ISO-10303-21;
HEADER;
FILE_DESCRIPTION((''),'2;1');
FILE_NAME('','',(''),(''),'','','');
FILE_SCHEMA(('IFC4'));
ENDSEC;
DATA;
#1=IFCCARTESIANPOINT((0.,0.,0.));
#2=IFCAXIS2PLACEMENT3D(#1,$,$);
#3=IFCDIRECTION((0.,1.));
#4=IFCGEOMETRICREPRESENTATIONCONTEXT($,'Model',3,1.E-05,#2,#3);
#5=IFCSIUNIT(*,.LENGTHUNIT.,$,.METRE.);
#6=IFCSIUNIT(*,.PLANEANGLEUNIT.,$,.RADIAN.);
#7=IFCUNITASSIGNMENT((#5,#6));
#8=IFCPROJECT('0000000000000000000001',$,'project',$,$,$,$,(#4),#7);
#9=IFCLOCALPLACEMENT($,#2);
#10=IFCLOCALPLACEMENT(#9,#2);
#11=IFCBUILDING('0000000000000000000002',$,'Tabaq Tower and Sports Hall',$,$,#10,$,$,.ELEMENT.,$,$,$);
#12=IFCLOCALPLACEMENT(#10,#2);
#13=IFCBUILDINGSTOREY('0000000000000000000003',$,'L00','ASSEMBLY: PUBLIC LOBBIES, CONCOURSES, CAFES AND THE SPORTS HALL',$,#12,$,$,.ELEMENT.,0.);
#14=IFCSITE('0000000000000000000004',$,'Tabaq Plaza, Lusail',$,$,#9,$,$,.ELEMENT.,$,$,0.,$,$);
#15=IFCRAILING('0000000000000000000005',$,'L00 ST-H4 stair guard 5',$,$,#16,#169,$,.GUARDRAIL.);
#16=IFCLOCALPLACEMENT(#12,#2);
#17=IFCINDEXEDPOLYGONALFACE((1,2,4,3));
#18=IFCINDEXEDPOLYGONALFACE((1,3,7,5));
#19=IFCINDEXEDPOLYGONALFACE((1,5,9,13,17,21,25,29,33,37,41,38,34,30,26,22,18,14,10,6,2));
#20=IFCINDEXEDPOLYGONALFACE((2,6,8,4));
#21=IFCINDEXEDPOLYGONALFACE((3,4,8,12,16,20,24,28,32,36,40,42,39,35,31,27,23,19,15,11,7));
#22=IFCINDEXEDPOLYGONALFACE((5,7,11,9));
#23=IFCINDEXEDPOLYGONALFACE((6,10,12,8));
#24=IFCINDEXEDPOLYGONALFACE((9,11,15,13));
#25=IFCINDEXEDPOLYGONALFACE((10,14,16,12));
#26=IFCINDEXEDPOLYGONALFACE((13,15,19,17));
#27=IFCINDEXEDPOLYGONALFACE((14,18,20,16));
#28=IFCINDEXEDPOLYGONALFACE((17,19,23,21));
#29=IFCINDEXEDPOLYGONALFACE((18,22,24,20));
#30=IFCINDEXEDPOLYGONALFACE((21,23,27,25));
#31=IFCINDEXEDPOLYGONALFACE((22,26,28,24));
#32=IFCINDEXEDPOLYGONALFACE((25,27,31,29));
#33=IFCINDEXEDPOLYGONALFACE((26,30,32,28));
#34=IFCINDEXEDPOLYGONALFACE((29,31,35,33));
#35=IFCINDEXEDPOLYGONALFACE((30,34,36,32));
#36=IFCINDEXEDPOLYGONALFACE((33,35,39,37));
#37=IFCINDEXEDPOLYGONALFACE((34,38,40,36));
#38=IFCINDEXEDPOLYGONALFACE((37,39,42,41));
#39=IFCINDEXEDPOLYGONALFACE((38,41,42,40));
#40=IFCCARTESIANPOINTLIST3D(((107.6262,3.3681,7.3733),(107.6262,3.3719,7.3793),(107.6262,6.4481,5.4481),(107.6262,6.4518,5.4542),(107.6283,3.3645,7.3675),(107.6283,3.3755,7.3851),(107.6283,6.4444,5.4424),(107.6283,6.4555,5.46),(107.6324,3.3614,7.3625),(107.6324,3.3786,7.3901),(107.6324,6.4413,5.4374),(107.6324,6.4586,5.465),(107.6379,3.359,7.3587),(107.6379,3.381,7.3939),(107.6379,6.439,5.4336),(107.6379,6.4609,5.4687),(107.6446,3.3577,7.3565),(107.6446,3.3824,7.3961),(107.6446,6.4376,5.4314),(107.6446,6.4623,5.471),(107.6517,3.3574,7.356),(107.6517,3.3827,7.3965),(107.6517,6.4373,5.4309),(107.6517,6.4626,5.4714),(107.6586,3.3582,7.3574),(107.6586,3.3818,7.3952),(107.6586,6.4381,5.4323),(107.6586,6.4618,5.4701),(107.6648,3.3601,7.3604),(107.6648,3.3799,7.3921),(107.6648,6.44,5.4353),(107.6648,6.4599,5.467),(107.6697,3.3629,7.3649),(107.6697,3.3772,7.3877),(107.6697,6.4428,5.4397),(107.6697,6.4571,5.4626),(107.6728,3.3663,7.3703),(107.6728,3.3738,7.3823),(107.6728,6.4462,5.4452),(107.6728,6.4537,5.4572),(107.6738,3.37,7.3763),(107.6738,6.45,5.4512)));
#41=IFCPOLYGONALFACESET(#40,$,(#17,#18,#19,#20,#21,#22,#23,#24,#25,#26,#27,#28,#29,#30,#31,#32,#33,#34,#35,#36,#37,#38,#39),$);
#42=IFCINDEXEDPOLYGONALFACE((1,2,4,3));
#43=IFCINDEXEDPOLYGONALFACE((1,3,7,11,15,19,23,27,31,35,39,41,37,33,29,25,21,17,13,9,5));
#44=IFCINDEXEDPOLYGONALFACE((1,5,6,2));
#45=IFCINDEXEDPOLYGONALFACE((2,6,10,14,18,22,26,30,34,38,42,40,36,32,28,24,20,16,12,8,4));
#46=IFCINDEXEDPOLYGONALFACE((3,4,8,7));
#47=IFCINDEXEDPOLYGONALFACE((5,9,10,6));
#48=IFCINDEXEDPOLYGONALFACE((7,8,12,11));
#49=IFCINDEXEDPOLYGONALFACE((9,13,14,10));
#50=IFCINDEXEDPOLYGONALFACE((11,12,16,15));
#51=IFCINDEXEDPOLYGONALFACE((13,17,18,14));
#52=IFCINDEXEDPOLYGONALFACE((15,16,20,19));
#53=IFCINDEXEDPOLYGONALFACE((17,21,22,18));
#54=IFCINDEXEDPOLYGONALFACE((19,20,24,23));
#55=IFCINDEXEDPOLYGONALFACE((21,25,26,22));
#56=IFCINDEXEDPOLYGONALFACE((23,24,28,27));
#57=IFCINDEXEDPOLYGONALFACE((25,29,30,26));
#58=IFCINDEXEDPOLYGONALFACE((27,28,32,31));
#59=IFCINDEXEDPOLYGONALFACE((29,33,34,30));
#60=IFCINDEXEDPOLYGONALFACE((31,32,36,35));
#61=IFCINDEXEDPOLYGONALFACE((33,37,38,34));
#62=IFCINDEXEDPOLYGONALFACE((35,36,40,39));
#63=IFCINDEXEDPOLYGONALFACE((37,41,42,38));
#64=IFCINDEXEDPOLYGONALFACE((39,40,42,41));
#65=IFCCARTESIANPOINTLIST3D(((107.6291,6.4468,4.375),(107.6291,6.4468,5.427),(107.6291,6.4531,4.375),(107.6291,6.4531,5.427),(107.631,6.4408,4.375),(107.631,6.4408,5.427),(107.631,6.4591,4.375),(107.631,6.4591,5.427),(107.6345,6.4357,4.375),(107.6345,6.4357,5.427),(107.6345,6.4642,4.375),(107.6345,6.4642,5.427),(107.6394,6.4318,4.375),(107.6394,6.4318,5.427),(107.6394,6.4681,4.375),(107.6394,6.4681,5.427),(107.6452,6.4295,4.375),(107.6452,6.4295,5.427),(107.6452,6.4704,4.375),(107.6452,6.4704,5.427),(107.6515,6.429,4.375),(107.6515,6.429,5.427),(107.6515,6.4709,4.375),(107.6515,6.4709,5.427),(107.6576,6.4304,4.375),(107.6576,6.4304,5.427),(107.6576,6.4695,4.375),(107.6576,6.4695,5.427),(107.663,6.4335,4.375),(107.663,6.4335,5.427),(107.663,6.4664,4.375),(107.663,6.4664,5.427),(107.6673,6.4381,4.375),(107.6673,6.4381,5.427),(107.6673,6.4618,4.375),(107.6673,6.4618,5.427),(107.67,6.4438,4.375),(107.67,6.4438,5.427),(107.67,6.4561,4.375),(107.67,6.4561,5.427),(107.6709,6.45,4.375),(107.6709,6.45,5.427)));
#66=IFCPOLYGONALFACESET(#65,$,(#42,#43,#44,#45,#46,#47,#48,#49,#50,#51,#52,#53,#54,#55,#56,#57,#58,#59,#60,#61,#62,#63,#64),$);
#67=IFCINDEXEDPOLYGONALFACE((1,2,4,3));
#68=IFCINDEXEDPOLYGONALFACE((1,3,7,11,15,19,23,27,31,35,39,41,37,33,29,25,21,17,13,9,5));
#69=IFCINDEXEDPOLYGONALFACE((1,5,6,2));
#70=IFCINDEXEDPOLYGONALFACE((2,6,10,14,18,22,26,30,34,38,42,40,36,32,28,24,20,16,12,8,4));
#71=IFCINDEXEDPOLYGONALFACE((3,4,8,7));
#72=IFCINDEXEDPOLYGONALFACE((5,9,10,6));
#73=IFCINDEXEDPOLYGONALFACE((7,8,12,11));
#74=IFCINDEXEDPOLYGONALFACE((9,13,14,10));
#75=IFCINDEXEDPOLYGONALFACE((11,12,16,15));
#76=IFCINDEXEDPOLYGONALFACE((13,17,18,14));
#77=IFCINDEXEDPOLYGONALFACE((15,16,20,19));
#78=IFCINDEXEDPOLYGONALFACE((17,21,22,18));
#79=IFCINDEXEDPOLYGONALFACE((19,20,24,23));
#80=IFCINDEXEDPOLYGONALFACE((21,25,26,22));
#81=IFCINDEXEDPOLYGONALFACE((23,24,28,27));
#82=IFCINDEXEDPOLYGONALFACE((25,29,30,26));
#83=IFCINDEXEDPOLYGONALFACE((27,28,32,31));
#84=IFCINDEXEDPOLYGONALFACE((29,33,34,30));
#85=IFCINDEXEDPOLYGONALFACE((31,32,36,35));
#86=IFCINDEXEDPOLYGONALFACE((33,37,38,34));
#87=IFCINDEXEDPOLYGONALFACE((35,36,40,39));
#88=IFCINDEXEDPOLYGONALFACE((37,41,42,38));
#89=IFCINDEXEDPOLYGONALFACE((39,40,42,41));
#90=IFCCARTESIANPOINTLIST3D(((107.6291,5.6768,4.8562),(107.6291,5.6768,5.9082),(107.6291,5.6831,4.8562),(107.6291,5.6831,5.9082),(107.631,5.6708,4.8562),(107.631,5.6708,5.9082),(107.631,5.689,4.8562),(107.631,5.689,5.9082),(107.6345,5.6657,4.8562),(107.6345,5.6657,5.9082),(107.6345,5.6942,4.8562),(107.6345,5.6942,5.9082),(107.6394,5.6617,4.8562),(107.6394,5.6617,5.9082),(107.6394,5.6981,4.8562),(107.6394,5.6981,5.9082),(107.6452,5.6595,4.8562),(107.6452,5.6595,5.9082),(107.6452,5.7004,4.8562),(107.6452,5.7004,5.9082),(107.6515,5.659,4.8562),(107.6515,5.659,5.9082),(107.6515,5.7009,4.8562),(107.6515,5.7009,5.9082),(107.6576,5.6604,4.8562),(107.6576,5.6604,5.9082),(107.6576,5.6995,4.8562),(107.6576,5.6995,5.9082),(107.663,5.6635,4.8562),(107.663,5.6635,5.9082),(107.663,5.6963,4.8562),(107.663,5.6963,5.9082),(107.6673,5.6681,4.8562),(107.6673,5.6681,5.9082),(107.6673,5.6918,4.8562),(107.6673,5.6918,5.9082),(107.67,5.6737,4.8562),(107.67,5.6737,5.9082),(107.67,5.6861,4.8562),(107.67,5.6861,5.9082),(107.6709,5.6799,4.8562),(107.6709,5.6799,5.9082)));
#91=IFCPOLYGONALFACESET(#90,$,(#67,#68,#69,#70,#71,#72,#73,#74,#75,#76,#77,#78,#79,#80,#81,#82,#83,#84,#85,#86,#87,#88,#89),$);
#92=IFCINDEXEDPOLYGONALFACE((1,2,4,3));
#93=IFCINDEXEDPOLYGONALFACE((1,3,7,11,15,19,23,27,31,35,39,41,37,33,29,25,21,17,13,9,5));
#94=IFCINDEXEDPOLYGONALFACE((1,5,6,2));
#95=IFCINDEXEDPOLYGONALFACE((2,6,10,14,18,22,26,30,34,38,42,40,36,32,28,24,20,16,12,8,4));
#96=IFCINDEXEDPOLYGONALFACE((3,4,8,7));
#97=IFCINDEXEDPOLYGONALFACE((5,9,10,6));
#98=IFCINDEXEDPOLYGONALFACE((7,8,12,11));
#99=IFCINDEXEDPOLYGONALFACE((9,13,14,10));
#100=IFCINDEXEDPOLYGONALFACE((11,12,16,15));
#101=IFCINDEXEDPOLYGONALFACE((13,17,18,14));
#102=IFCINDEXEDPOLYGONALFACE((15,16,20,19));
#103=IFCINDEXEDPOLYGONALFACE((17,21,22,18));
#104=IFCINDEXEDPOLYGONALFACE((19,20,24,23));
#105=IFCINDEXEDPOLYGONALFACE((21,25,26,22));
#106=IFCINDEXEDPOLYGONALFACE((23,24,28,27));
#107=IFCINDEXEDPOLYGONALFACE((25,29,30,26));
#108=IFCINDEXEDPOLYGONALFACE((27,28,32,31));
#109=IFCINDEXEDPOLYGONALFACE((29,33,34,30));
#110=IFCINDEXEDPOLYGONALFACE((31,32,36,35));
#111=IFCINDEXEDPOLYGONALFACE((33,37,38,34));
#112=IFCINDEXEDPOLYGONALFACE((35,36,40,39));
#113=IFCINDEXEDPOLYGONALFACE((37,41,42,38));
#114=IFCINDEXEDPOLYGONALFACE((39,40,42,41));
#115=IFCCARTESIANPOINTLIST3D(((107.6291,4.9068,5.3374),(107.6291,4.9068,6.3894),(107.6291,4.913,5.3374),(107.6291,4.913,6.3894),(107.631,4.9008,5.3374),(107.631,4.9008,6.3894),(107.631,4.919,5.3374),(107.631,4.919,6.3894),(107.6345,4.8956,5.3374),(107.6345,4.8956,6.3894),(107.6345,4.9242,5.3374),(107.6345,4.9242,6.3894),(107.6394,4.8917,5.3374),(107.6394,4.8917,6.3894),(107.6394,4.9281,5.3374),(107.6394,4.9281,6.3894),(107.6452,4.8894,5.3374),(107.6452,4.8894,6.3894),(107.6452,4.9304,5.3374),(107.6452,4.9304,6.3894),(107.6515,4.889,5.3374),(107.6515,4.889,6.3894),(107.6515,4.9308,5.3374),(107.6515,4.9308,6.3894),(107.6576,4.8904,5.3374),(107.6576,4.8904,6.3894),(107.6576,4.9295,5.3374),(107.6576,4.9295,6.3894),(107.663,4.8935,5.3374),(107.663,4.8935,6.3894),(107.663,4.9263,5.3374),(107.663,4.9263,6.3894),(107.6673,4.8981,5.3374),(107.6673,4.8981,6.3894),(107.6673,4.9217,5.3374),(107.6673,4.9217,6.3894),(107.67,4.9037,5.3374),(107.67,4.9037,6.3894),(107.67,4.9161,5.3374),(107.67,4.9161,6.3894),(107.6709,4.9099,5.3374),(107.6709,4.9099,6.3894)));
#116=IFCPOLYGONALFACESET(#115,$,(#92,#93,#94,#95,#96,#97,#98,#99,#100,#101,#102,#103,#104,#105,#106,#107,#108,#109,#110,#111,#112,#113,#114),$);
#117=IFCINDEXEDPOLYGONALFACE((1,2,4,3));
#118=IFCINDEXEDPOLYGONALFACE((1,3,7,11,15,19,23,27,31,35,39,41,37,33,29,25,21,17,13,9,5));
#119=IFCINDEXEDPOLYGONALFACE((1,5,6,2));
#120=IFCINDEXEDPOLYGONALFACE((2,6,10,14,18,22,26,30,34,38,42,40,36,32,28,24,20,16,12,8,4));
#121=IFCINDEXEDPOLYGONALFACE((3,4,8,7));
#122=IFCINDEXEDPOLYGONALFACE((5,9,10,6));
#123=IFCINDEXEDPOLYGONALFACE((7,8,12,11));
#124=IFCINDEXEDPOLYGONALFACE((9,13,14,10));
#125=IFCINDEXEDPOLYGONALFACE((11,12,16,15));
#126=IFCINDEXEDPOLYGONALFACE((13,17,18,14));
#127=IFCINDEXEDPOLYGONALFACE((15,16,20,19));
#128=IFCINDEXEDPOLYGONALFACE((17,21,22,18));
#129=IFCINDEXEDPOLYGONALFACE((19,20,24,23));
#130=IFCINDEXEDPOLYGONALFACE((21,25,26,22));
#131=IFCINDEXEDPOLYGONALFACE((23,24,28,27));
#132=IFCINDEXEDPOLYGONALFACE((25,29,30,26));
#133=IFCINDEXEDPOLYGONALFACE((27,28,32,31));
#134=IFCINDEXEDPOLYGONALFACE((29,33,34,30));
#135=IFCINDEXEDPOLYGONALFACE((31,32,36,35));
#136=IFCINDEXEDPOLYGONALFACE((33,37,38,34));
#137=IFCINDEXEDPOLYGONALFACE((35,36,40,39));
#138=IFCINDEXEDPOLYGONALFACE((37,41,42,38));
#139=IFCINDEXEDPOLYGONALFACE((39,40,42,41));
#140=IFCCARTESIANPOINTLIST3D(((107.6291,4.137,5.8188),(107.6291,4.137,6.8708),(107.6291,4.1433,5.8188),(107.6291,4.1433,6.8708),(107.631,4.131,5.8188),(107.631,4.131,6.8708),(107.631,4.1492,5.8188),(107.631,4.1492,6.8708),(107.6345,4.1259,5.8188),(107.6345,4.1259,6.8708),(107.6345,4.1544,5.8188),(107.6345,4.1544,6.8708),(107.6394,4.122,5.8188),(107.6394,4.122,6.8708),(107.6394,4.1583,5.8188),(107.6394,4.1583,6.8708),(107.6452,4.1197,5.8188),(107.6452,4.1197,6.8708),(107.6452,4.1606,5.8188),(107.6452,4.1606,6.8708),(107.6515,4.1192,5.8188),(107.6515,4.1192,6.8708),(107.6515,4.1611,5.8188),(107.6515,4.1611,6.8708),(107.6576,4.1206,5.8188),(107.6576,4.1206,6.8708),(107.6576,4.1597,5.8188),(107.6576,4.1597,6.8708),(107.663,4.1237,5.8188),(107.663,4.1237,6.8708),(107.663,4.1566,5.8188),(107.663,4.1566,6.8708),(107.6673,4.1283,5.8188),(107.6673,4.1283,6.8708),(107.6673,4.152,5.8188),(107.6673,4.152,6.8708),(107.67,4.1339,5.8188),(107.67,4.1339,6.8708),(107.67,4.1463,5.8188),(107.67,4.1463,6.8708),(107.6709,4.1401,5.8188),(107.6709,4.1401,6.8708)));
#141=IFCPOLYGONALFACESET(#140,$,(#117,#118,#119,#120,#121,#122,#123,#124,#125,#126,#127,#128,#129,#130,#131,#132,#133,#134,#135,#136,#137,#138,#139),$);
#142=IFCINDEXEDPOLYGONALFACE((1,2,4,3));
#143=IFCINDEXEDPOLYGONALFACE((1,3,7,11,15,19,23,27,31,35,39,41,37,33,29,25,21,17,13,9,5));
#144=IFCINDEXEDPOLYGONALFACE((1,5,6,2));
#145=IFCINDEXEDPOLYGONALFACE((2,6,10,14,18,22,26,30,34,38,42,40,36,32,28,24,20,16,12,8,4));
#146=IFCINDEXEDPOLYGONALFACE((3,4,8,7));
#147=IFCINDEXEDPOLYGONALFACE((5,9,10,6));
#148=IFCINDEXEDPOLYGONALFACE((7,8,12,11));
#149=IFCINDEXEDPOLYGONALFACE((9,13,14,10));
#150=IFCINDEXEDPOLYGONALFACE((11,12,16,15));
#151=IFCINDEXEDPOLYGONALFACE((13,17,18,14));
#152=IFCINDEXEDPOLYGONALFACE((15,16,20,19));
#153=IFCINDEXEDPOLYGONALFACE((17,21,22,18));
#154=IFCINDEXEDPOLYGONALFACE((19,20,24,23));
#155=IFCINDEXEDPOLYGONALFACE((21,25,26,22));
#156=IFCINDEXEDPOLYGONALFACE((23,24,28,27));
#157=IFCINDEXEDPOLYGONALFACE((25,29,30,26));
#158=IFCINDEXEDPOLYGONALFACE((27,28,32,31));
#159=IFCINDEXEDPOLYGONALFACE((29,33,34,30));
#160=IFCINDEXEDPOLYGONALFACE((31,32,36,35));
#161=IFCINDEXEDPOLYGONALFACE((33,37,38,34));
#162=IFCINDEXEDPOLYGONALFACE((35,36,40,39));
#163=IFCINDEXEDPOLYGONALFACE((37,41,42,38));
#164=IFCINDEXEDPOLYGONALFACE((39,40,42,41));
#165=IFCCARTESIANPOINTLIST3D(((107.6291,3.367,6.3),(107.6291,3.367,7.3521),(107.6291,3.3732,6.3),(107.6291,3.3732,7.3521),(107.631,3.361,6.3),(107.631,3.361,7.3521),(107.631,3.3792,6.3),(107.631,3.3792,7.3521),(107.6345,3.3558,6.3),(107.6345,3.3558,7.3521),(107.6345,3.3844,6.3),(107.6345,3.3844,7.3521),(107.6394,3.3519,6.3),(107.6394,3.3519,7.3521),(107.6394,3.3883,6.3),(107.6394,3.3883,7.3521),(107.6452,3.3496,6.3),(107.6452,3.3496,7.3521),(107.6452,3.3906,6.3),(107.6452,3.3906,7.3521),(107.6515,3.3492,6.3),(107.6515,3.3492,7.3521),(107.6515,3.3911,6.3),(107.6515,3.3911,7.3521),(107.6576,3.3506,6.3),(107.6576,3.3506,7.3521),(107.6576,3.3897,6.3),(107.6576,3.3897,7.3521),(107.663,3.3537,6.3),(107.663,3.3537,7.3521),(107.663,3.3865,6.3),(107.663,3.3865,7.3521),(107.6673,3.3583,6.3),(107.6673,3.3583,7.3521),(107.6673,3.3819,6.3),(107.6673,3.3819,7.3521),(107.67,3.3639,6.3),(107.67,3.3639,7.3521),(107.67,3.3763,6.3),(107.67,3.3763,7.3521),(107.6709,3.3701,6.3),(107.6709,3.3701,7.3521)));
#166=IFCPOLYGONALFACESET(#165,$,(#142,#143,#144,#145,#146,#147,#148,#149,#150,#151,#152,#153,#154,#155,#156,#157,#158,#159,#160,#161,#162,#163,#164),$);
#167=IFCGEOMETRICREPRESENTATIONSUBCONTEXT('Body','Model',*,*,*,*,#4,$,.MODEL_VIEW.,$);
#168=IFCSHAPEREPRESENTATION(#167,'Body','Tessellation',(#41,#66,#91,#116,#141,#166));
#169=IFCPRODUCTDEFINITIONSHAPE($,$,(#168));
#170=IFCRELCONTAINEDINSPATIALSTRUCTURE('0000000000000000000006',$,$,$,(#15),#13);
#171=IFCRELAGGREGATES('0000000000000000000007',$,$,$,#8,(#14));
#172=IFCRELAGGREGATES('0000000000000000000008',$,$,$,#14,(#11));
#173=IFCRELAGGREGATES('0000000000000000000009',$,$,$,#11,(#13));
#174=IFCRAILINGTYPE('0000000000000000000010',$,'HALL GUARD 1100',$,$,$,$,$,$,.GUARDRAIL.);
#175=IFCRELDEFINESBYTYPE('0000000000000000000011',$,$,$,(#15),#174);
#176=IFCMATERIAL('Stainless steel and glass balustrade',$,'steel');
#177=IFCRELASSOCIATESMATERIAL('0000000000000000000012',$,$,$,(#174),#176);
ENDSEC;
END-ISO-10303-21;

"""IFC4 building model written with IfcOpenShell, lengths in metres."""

from ifc_helpers import new_model, si_unit, direction, frame, origin, origin_2d, place, context, subcontext, project, spatial, circle, extrude, material, type_object, element, save


model = new_model("IFC4")

# Units and contexts
model_context = context("Model", 3, precision=1e-05, world=origin(), true_north=direction((0.0, 1.0)))
body_context = subcontext(model_context, "Body", "Model", "MODEL_VIEW")
ifc_project = project(units=[si_unit("LENGTHUNIT", "METRE"), si_unit("PLANEANGLEUNIT", "RADIAN")], contexts=[model_context])

# Site, building, storey
site_placement = place(None, origin())
site = spatial("IfcSite", under=ifc_project, at=site_placement, Name="Tabaq Plaza, Lusail", CompositionType="ELEMENT", RefElevation=0.0)
building_placement = place(site_placement, origin())
building = spatial("IfcBuilding", under=site, at=building_placement, Name="Tabaq Tower and Sports Hall", CompositionType="ELEMENT")
storey_placement = place(building_placement, origin())
storey = spatial("IfcBuildingStorey", under=building, at=storey_placement, Name="L00", Description="ASSEMBLY: PUBLIC LOBBIES, CONCOURSES, CAFES AND THE SPORTS HALL", CompositionType="ELEMENT", Elevation=0.0)

# Railing
ifc_material_1 = material(Name="Stainless steel and glass balustrade", Category="steel")
railing_type = type_object("IfcRailingType", Name="HALL GUARD 1100", PredefinedType="GUARDRAIL", material=ifc_material_1)
railing_1_placement = place(storey_placement, frame((107.6499, 6.45, 4.375)))
element("IfcRailing", 1, at=railing_1_placement, inside=storey, type_object=railing_type, Name="L00 ST-H4 stair guard 5", PredefinedType="GUARDRAIL", context=body_context, shape_type="SweptSolid", body=[
    extrude(circle(Radius=0.0239, at=origin_2d()), frame((0.0, 0.0, 1.0762), z_axis=(0.0, -0.847979, 0.530029), x_axis=(1.0, 0.0, 0.0)), (0.0, 0.0, 1.0), 3.6321),
    extrude(circle(Radius=0.021, at=origin_2d()), origin(), (0.0, 0.0, 1.0), 1.052),
    extrude(circle(Radius=0.021, at=origin_2d()), frame((0.0, -0.77, 0.4812)), (0.0, 0.0, 1.0), 1.052),
    extrude(circle(Radius=0.021, at=origin_2d()), frame((0.0, -1.54, 0.9624)), (0.0, 0.0, 1.0), 1.052),
    extrude(circle(Radius=0.021, at=origin_2d()), frame((0.0, -2.3098, 1.4438)), (0.0, 0.0, 1.0), 1.052),
    extrude(circle(Radius=0.021, at=origin_2d()), frame((0.0, -3.0798, 1.925)), (0.0, 0.0, 1.0), 1.052),
])

save(model, "model.ifc")
